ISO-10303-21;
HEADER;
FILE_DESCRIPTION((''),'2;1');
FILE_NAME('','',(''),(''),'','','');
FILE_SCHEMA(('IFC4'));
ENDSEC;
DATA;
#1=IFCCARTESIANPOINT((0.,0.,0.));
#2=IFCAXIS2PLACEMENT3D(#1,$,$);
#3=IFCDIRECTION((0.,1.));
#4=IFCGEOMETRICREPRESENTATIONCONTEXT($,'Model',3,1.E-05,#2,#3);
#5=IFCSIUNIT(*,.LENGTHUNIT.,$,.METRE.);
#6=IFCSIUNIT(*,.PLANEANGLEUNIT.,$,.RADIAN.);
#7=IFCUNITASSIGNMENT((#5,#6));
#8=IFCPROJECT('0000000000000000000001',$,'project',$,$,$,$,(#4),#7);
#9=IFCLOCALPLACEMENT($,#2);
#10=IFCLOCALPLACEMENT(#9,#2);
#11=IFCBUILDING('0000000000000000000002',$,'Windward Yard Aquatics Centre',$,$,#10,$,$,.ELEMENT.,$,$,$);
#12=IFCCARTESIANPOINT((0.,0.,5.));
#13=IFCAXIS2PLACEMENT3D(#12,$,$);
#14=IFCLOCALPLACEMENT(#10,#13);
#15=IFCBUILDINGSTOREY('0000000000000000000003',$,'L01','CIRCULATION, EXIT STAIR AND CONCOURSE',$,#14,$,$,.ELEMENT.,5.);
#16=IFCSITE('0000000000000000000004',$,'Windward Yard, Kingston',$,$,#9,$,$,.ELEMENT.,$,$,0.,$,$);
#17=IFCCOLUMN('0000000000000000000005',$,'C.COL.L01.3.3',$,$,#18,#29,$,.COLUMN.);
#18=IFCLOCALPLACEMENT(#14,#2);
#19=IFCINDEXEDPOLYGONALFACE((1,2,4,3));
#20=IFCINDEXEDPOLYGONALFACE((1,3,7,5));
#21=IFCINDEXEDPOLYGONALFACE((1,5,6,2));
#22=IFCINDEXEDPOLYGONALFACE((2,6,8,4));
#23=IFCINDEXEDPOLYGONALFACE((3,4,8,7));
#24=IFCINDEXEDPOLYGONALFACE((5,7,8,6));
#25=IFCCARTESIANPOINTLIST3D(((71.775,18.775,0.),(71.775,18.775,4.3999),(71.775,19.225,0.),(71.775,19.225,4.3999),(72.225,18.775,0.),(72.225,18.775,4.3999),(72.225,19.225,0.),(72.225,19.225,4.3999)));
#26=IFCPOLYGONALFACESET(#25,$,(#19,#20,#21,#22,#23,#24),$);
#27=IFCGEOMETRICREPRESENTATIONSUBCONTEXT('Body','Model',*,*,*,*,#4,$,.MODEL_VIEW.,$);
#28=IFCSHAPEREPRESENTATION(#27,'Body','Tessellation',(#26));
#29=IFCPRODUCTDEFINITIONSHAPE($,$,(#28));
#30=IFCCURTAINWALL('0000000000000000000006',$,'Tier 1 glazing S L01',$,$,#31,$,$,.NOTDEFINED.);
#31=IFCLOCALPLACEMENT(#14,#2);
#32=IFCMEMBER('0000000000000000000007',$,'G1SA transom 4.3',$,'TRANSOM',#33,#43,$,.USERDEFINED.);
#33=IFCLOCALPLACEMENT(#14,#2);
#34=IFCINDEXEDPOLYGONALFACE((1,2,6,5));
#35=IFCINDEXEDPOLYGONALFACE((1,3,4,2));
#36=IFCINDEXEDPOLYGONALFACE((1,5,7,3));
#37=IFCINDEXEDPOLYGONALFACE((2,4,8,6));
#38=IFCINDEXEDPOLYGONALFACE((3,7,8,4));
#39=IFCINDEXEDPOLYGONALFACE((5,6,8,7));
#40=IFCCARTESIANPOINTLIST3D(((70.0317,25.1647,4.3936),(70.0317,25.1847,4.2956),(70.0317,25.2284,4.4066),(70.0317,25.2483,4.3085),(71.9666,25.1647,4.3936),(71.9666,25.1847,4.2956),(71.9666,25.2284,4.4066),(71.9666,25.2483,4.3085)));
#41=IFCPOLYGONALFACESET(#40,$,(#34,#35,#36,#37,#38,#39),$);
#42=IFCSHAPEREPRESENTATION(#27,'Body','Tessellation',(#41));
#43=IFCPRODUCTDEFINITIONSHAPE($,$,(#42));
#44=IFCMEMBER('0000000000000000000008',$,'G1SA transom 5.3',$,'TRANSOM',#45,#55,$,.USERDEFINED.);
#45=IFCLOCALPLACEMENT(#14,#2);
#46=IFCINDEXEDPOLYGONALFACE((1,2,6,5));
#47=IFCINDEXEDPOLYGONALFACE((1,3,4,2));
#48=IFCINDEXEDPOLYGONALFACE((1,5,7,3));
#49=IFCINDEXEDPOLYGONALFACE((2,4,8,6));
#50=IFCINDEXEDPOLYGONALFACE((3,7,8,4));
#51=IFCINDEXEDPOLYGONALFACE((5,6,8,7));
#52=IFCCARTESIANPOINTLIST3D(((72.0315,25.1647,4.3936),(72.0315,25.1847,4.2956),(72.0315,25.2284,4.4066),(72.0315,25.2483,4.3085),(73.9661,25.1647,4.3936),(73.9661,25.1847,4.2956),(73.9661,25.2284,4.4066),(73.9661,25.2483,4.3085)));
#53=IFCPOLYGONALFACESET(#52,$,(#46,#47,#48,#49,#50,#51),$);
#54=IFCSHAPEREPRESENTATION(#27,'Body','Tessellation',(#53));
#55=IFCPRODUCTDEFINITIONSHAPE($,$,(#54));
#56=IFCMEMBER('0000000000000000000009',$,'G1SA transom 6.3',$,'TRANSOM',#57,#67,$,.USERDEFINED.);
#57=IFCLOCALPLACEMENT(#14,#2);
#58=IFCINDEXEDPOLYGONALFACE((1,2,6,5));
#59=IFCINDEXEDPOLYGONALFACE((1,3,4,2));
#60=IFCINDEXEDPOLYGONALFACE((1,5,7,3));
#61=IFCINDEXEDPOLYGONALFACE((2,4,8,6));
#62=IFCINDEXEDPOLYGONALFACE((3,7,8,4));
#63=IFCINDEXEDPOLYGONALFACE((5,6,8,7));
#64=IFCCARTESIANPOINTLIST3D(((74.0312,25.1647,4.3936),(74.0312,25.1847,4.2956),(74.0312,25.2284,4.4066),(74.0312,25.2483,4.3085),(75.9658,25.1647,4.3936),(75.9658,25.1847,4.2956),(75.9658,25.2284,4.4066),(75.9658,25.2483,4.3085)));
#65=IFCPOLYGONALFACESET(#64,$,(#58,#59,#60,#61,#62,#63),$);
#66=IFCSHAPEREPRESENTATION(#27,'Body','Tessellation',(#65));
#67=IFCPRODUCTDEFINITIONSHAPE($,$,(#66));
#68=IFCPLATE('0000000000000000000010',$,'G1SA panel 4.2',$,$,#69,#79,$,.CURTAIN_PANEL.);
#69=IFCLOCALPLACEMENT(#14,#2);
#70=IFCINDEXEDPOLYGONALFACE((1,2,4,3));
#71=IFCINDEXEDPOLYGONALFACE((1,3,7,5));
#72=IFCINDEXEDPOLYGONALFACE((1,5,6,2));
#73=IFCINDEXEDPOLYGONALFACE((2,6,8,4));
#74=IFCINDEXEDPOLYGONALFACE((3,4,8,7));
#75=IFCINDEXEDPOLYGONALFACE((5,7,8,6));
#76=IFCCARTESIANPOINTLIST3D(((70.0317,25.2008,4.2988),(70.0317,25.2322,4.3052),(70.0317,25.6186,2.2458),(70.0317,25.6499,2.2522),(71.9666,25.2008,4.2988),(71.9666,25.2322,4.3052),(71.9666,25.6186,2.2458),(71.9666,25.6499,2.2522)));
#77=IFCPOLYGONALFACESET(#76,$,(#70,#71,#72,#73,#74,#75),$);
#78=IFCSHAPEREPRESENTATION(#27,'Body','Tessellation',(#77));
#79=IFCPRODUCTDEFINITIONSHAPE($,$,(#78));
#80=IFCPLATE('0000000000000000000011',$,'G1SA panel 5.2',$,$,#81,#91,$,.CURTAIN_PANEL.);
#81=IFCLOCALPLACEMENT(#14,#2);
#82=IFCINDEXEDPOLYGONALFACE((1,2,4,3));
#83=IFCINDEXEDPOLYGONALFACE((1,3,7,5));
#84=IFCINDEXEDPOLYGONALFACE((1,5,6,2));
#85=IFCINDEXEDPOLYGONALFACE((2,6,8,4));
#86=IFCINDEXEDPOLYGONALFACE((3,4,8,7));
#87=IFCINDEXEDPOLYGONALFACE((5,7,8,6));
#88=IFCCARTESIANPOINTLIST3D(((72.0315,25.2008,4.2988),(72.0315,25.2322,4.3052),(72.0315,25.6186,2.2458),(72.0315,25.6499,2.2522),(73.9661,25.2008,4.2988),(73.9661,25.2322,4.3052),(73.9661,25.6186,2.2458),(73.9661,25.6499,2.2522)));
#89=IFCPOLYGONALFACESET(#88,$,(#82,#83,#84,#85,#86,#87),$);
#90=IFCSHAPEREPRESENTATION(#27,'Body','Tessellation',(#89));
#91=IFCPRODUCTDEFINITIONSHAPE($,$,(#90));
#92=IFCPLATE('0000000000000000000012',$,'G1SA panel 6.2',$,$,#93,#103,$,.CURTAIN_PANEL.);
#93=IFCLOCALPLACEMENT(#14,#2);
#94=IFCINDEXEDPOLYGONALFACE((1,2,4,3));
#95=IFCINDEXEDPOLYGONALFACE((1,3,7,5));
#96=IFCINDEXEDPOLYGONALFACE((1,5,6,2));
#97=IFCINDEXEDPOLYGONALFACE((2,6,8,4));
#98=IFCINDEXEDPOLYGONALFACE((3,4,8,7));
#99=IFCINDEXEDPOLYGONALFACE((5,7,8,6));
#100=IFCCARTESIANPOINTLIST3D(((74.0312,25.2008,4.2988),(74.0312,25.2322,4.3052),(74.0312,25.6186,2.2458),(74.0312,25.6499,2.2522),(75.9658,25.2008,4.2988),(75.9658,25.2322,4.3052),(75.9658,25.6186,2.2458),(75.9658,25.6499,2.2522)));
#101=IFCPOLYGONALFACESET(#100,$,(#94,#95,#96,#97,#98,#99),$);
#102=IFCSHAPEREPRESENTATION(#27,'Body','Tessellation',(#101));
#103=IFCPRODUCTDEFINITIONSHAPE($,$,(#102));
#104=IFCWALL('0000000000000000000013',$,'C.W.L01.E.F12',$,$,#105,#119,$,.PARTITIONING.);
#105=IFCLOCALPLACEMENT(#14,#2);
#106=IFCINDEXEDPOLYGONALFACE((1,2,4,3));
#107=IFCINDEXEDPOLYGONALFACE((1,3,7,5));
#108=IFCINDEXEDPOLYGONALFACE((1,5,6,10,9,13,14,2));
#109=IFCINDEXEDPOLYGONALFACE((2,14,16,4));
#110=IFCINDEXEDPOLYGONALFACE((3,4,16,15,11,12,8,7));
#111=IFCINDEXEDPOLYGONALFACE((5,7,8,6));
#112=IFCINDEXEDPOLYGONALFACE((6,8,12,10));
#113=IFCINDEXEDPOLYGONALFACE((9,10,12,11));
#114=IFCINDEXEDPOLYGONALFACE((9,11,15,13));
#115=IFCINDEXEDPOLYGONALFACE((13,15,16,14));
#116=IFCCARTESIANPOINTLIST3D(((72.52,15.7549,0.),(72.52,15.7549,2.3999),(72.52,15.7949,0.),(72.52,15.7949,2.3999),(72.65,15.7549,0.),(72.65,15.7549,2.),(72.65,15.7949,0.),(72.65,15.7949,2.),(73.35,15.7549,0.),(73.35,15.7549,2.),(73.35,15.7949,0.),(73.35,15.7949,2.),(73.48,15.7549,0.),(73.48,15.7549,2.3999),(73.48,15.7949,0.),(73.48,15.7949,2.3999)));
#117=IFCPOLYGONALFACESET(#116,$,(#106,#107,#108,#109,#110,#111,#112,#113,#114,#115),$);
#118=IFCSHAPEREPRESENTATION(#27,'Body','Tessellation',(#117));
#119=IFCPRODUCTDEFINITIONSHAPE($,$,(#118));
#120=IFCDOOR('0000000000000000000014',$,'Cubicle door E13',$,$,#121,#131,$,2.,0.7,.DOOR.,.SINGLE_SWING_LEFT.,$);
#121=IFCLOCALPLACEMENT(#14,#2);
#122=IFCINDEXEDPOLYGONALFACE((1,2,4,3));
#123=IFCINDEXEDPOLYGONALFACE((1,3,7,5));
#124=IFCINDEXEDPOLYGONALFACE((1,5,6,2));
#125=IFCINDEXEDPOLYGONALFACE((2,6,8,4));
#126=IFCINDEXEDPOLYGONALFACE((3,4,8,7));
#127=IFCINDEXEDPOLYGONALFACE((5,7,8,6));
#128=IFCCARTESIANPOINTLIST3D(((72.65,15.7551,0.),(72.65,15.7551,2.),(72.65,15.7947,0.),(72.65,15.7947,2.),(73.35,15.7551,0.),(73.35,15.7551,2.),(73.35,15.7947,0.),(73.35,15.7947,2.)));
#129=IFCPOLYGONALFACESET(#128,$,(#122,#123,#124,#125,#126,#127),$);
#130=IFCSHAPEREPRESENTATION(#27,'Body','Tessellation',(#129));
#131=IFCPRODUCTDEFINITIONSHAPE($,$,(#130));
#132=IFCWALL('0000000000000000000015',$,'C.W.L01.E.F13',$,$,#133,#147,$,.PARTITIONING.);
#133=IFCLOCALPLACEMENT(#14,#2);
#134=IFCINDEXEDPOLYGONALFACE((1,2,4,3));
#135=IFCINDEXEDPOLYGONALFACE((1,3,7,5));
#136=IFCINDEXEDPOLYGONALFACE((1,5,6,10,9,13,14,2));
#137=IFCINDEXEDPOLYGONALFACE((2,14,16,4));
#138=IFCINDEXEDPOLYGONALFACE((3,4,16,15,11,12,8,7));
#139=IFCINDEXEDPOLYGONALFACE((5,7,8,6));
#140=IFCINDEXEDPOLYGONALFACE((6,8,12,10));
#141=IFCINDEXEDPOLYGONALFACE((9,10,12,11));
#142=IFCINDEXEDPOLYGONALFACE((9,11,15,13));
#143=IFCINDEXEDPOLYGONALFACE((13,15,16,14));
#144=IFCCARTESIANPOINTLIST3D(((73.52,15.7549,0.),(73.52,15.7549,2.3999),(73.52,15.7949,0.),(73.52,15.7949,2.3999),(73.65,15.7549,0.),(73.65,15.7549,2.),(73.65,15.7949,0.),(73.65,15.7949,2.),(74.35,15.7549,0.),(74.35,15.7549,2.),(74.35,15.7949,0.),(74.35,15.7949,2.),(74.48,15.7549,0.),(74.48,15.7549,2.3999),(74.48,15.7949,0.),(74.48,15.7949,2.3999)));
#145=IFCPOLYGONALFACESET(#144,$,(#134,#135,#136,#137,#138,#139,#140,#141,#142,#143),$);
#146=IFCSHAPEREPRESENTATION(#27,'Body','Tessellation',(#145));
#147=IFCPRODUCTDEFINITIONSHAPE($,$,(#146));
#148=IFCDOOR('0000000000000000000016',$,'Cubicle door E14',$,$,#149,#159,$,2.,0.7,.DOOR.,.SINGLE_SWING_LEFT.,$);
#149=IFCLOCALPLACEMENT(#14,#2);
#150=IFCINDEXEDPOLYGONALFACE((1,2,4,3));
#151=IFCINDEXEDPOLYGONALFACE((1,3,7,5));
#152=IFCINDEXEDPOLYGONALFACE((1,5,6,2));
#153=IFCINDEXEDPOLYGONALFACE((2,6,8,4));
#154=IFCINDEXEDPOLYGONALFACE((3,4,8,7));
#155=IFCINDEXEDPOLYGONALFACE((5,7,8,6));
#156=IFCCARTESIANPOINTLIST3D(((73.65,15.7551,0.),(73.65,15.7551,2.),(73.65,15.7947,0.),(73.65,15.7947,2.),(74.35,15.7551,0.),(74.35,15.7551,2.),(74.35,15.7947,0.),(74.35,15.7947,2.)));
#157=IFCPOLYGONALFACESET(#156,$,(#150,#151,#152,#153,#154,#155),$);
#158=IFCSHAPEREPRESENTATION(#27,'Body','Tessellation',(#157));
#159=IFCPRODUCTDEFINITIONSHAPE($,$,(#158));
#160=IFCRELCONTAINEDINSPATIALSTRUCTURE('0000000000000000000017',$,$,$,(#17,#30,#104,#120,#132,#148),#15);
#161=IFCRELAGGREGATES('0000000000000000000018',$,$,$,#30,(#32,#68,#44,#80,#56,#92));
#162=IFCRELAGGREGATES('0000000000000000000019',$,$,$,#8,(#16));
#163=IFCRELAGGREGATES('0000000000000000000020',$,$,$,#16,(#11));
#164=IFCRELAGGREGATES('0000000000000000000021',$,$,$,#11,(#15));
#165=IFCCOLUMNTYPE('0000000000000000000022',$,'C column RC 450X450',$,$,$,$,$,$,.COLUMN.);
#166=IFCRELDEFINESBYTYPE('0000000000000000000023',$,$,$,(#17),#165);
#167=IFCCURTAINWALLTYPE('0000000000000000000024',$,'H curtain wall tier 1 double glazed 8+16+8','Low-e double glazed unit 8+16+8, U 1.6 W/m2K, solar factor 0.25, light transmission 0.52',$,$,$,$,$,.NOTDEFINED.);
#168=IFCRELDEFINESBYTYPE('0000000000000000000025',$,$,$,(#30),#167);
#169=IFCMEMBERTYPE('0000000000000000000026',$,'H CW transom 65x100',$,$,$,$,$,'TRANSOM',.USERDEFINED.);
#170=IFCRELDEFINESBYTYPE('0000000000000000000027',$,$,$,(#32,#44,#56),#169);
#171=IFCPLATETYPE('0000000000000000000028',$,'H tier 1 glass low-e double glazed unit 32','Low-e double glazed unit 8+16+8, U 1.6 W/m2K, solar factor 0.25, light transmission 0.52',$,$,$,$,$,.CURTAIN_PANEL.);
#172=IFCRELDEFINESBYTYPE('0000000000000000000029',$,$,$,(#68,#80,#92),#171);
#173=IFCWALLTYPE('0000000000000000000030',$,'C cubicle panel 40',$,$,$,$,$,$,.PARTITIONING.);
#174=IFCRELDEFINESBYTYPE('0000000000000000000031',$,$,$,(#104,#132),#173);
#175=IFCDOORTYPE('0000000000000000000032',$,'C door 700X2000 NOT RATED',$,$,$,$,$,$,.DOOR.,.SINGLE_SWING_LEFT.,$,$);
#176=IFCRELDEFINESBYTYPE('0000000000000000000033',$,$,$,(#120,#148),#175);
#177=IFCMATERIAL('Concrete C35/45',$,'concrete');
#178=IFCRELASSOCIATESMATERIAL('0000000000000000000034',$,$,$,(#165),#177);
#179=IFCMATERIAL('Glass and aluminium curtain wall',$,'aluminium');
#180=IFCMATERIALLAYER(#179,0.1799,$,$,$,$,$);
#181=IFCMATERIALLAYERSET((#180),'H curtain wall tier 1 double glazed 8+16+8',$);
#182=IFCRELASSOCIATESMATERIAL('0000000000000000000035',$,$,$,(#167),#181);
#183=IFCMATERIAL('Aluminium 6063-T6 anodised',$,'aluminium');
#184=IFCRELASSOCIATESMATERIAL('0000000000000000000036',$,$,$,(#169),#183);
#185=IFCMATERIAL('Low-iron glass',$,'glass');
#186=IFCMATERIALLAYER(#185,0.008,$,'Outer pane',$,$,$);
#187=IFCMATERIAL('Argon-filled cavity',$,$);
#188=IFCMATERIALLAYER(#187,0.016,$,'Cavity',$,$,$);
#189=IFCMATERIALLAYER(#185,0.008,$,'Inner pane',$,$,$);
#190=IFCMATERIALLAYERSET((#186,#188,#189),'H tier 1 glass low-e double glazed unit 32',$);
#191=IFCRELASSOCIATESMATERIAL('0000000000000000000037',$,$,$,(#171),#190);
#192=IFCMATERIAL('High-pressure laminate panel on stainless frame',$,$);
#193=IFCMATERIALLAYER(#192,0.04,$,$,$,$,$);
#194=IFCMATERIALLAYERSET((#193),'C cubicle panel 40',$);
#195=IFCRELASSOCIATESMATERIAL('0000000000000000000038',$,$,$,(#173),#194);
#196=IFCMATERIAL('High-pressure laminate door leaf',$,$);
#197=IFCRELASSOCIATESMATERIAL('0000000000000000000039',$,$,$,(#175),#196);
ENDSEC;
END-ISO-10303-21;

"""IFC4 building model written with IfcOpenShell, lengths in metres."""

from ifc_helpers import new_model, si_unit, direction, frame, frame_2d, origin, origin_2d, place, context, subcontext, project, spatial, polyline, rectangle, outline, extrude, material, layer, layer_set, material_profile, profile_set, type_object, element, fill, aggregate, save


model = new_model("IFC4")

# Units and contexts
model_context = context("Model", 3, precision=1e-05, world=origin(), true_north=direction((0.0, 1.0)))
body_context = subcontext(model_context, "Body", "Model", "MODEL_VIEW")
ifc_project = project(units=[si_unit("LENGTHUNIT", "METRE"), si_unit("PLANEANGLEUNIT", "RADIAN")], contexts=[model_context])

# Site, building, storey
site_placement = place(None, origin())
site = spatial("IfcSite", under=ifc_project, at=site_placement, Name="Windward Yard, Kingston", CompositionType="ELEMENT", RefElevation=0.0)
building_placement = place(site_placement, origin())
building = spatial("IfcBuilding", under=site, at=building_placement, Name="Windward Yard Aquatics Centre", CompositionType="ELEMENT")
storey_placement = place(building_placement, frame((0.0, 0.0, 5.0)))
storey = spatial("IfcBuildingStorey", under=building, at=storey_placement, Name="L01", Description="CIRCULATION, EXIT STAIR AND CONCOURSE", CompositionType="ELEMENT", Elevation=5.0)

# Column
ifc_material_1 = material(Name="Concrete C35/45", Category="concrete")
ifc_material_profile_1 = material_profile(ifc_material_1, rectangle(XDim=0.45, YDim=0.45, at=origin_2d()), Name="RC 450X450")
ifc_profile_set_1 = profile_set([ifc_material_profile_1], Name="Concrete C35/45")
column_type = type_object("IfcColumnType", Name="C column RC 450X450", PredefinedType="COLUMN", material=ifc_profile_set_1)
column_placement = place(storey_placement, frame((72.0, 19.0, 0.0), z_axis=(0.0, 0.0, 1.0), x_axis=(1.0, 0.0, 0.0)))
element("IfcColumn", 1, at=column_placement, inside=storey, type_object=column_type, Name="C.COL.L01.3.3", PredefinedType="COLUMN", context=body_context, shape_type="SweptSolid", body=[
    extrude(rectangle(XDim=0.45, YDim=0.45, at=origin_2d()), origin(), (0.0, 0.0, 1.0), 4.3999),
])

# Curtain wall, members, plates
ifc_material_2 = material(Name="Glass and aluminium curtain wall", Category="aluminium")
ifc_layer_1 = layer(ifc_material_2, 0.1799)
ifc_layer_set_1 = layer_set([ifc_layer_1], Name="H curtain wall tier 1 double glazed 8+16+8")
curtain_wall_type = type_object("IfcCurtainWallType", Name="H curtain wall tier 1 double glazed 8+16+8", Description="Low-e double glazed unit 8+16+8, U 1.6 W/m2K, solar factor 0.25, light transmission 0.52", PredefinedType="NOTDEFINED", material=ifc_layer_set_1)
curtain_wall_placement = place(storey_placement, origin())
curtain_wall = element("IfcCurtainWall", 2, at=curtain_wall_placement, inside=storey, type_object=curtain_wall_type, Name="Tier 1 glazing S L01", PredefinedType="NOTDEFINED")
ifc_material_3 = material(Name="Aluminium 6063-T6 anodised", Category="aluminium")
ifc_material_profile_2 = material_profile(ifc_material_3, rectangle(XDim=0.0649, YDim=0.1001, at=origin_2d()), Name="H CW transom 65x100")
ifc_profile_set_2 = profile_set([ifc_material_profile_2], Name="Aluminium 6063-T6 anodised")
member_type = type_object("IfcMemberType", Name="H CW transom 65x100", ElementType="TRANSOM", PredefinedType="USERDEFINED", material=ifc_profile_set_2)
member_1_placement = place(storey_placement, frame((70.0317, 25.2065, 4.3511), z_axis=(1.0, 0.0, 0.0), x_axis=(0.0, 0.979925, 0.199368)))
member_1 = element("IfcMember", 3, at=member_1_placement, type_object=member_type, Name="G1SA transom 4.3", ObjectType="TRANSOM", PredefinedType="USERDEFINED", context=body_context, shape_type="SweptSolid", body=[
    extrude(rectangle(XDim=0.0649, YDim=0.1001, at=origin_2d()), origin(), (0.0, 0.0, 1.0), 1.9348),
])
member_2_placement = place(storey_placement, frame((72.0315, 25.2065, 4.3511), z_axis=(1.0, 0.0, 0.0), x_axis=(0.0, 0.979925, 0.199368)))
member_2 = element("IfcMember", 4, at=member_2_placement, type_object=member_type, Name="G1SA transom 5.3", ObjectType="TRANSOM", PredefinedType="USERDEFINED", context=body_context, shape_type="SweptSolid", body=[
    extrude(rectangle(XDim=0.0649, YDim=0.1001, at=origin_2d()), origin(), (0.0, 0.0, 1.0), 1.9346),
])
member_3_placement = place(storey_placement, frame((74.0312, 25.2065, 4.3511), z_axis=(1.0, 0.0, 0.0), x_axis=(0.0, 0.979925, 0.199368)))
member_3 = element("IfcMember", 5, at=member_3_placement, type_object=member_type, Name="G1SA transom 6.3", ObjectType="TRANSOM", PredefinedType="USERDEFINED", context=body_context, shape_type="SweptSolid", body=[
    extrude(rectangle(XDim=0.0649, YDim=0.1001, at=origin_2d()), origin(), (0.0, 0.0, 1.0), 1.9346),
])
ifc_material_4 = material(Name="Low-iron glass", Category="glass")
ifc_layer_2 = layer(ifc_material_4, 0.008, Name="Outer pane")
ifc_material_5 = material(Name="Argon-filled cavity")
ifc_layer_3 = layer(ifc_material_5, 0.016, Name="Cavity")
ifc_layer_4 = layer(ifc_material_4, 0.008, Name="Inner pane")
ifc_layer_set_2 = layer_set([ifc_layer_2, ifc_layer_3, ifc_layer_4], Name="H tier 1 glass low-e double glazed unit 32")
plate_type = type_object("IfcPlateType", Name="H tier 1 glass low-e double glazed unit 32", Description="Low-e double glazed unit 8+16+8, U 1.6 W/m2K, solar factor 0.25, light transmission 0.52", PredefinedType="CURTAIN_PANEL", material=ifc_layer_set_2)
plate_1_placement = place(storey_placement, frame((70.0317, 25.2322, 4.3052), z_axis=(0.0, 0.979921, 0.199387), x_axis=(0.0, 0.199387, -0.979921)))
plate_1 = element("IfcPlate", 6, at=plate_1_placement, type_object=plate_type, Name="G1SA panel 4.2", PredefinedType="CURTAIN_PANEL", context=body_context, shape_type="SweptSolid", body=[
    extrude(outline(polyline([(0.0, 0.0), (2.095, 0.0), (2.095, -1.9348), (0.0, -1.9348), (0.0, 0.0)])), origin(), (0.0, 0.0, -1.0), 0.032),
])
plate_2_placement = place(storey_placement, frame((72.0315, 25.2322, 4.3052), z_axis=(0.0, 0.979921, 0.199387), x_axis=(0.0, 0.199387, -0.979921)))
plate_2 = element("IfcPlate", 7, at=plate_2_placement, type_object=plate_type, Name="G1SA panel 5.2", PredefinedType="CURTAIN_PANEL", context=body_context, shape_type="SweptSolid", body=[
    extrude(outline(polyline([(0.0, 0.0), (2.095, 0.0), (2.095, -1.9346), (0.0, -1.9346), (0.0, 0.0)])), origin(), (0.0, 0.0, -1.0), 0.032),
])
plate_3_placement = place(storey_placement, frame((74.0312, 25.2322, 4.3052), z_axis=(0.0, 0.979921, 0.199387), x_axis=(0.0, 0.199387, -0.979921)))
plate_3 = element("IfcPlate", 8, at=plate_3_placement, type_object=plate_type, Name="G1SA panel 6.2", PredefinedType="CURTAIN_PANEL", context=body_context, shape_type="SweptSolid", body=[
    extrude(outline(polyline([(0.0, 0.0), (2.095, 0.0), (2.095, -1.9346), (0.0, -1.9346), (0.0, 0.0)])), origin(), (0.0, 0.0, -1.0), 0.032),
])
aggregate(curtain_wall, [member_1, plate_1, member_2, plate_2, member_3, plate_3])

# Walls, openings, doors
ifc_material_6 = material(Name="High-pressure laminate panel on stainless frame")
ifc_layer_5 = layer(ifc_material_6, 0.04)
ifc_layer_set_3 = layer_set([ifc_layer_5], Name="C cubicle panel 40")
wall_type_1 = type_object("IfcWallType", Name="C cubicle panel 40", PredefinedType="PARTITIONING", material=ifc_layer_set_3)
wall_1_placement = place(storey_placement, frame((72.52, 15.7749, 0.0), z_axis=(0.0, 0.0, 1.0), x_axis=(1.0, 0.0, 0.0)))
wall_1 = element("IfcWall", 9, at=wall_1_placement, inside=storey, type_object=wall_type_1, Name="C.W.L01.E.F12", PredefinedType="PARTITIONING", context=body_context, shape_type="SweptSolid", body=[
    extrude(rectangle(XDim=0.96, YDim=0.04, at=frame_2d((0.48, 0.0))), origin(), (0.0, 0.0, 1.0), 2.3999),
])
opening_1_placement = place(wall_1_placement, frame((0.1299, 0.0, 0.0)))
opening_1 = element("IfcOpeningElement", 10, at=opening_1_placement, cuts=wall_1, PredefinedType="OPENING", context=body_context, shape_type="SweptSolid", body=[
    extrude(rectangle(XDim=0.7, YDim=2.0, at=frame_2d((0.3501, 1.0))), frame((0.0, 0.03, 0.0), z_axis=(0.0, -1.0, 0.0), x_axis=(1.0, 0.0, 0.0)), (0.0, 0.0, 1.0), 0.0601),
])
ifc_material_7 = material(Name="High-pressure laminate door leaf")
door_type = type_object("IfcDoorType", Name="C door 700X2000 NOT RATED", OperationType="SINGLE_SWING_LEFT", PredefinedType="DOOR", material=ifc_material_7)
door_1_placement = place(opening_1_placement, origin())
door_1 = element("IfcDoor", 11, at=door_1_placement, inside=storey, type_object=door_type, Name="Cubicle door E13", OperationType="SINGLE_SWING_LEFT", OverallHeight=2.0, OverallWidth=0.7, PredefinedType="DOOR", context=body_context, shape_type="SweptSolid", body=[
    extrude(rectangle(XDim=0.7, YDim=2.0, at=frame_2d((0.3501, 1.0))), frame((0.0, 0.0198, 0.0), z_axis=(0.0, -1.0, 0.0), x_axis=(1.0, 0.0, 0.0)), (0.0, 0.0, 1.0), 0.0396),
])
fill(opening_1, door_1)
wall_2_placement = place(storey_placement, frame((73.52, 15.7749, 0.0), z_axis=(0.0, 0.0, 1.0), x_axis=(1.0, 0.0, 0.0)))
wall_2 = element("IfcWall", 12, at=wall_2_placement, inside=storey, type_object=wall_type_1, Name="C.W.L01.E.F13", PredefinedType="PARTITIONING", context=body_context, shape_type="SweptSolid", body=[
    extrude(rectangle(XDim=0.96, YDim=0.04, at=frame_2d((0.48, 0.0))), origin(), (0.0, 0.0, 1.0), 2.3999),
])
opening_2_placement = place(wall_2_placement, frame((0.1299, 0.0, 0.0)))
opening_2 = element("IfcOpeningElement", 13, at=opening_2_placement, cuts=wall_2, PredefinedType="OPENING", context=body_context, shape_type="SweptSolid", body=[
    extrude(rectangle(XDim=0.7, YDim=2.0, at=frame_2d((0.3501, 1.0))), frame((0.0, 0.03, 0.0), z_axis=(0.0, -1.0, 0.0), x_axis=(1.0, 0.0, 0.0)), (0.0, 0.0, 1.0), 0.0601),
])
door_2_placement = place(opening_2_placement, origin())
door_2 = element("IfcDoor", 14, at=door_2_placement, inside=storey, type_object=door_type, Name="Cubicle door E14", OperationType="SINGLE_SWING_LEFT", OverallHeight=2.0, OverallWidth=0.7, PredefinedType="DOOR", context=body_context, shape_type="SweptSolid", body=[
    extrude(rectangle(XDim=0.7, YDim=2.0, at=frame_2d((0.3501, 1.0))), frame((0.0, 0.0198, 0.0), z_axis=(0.0, -1.0, 0.0), x_axis=(1.0, 0.0, 0.0)), (0.0, 0.0, 1.0), 0.0396),
])
fill(opening_2, door_2)

save(model, "model.ifc")
